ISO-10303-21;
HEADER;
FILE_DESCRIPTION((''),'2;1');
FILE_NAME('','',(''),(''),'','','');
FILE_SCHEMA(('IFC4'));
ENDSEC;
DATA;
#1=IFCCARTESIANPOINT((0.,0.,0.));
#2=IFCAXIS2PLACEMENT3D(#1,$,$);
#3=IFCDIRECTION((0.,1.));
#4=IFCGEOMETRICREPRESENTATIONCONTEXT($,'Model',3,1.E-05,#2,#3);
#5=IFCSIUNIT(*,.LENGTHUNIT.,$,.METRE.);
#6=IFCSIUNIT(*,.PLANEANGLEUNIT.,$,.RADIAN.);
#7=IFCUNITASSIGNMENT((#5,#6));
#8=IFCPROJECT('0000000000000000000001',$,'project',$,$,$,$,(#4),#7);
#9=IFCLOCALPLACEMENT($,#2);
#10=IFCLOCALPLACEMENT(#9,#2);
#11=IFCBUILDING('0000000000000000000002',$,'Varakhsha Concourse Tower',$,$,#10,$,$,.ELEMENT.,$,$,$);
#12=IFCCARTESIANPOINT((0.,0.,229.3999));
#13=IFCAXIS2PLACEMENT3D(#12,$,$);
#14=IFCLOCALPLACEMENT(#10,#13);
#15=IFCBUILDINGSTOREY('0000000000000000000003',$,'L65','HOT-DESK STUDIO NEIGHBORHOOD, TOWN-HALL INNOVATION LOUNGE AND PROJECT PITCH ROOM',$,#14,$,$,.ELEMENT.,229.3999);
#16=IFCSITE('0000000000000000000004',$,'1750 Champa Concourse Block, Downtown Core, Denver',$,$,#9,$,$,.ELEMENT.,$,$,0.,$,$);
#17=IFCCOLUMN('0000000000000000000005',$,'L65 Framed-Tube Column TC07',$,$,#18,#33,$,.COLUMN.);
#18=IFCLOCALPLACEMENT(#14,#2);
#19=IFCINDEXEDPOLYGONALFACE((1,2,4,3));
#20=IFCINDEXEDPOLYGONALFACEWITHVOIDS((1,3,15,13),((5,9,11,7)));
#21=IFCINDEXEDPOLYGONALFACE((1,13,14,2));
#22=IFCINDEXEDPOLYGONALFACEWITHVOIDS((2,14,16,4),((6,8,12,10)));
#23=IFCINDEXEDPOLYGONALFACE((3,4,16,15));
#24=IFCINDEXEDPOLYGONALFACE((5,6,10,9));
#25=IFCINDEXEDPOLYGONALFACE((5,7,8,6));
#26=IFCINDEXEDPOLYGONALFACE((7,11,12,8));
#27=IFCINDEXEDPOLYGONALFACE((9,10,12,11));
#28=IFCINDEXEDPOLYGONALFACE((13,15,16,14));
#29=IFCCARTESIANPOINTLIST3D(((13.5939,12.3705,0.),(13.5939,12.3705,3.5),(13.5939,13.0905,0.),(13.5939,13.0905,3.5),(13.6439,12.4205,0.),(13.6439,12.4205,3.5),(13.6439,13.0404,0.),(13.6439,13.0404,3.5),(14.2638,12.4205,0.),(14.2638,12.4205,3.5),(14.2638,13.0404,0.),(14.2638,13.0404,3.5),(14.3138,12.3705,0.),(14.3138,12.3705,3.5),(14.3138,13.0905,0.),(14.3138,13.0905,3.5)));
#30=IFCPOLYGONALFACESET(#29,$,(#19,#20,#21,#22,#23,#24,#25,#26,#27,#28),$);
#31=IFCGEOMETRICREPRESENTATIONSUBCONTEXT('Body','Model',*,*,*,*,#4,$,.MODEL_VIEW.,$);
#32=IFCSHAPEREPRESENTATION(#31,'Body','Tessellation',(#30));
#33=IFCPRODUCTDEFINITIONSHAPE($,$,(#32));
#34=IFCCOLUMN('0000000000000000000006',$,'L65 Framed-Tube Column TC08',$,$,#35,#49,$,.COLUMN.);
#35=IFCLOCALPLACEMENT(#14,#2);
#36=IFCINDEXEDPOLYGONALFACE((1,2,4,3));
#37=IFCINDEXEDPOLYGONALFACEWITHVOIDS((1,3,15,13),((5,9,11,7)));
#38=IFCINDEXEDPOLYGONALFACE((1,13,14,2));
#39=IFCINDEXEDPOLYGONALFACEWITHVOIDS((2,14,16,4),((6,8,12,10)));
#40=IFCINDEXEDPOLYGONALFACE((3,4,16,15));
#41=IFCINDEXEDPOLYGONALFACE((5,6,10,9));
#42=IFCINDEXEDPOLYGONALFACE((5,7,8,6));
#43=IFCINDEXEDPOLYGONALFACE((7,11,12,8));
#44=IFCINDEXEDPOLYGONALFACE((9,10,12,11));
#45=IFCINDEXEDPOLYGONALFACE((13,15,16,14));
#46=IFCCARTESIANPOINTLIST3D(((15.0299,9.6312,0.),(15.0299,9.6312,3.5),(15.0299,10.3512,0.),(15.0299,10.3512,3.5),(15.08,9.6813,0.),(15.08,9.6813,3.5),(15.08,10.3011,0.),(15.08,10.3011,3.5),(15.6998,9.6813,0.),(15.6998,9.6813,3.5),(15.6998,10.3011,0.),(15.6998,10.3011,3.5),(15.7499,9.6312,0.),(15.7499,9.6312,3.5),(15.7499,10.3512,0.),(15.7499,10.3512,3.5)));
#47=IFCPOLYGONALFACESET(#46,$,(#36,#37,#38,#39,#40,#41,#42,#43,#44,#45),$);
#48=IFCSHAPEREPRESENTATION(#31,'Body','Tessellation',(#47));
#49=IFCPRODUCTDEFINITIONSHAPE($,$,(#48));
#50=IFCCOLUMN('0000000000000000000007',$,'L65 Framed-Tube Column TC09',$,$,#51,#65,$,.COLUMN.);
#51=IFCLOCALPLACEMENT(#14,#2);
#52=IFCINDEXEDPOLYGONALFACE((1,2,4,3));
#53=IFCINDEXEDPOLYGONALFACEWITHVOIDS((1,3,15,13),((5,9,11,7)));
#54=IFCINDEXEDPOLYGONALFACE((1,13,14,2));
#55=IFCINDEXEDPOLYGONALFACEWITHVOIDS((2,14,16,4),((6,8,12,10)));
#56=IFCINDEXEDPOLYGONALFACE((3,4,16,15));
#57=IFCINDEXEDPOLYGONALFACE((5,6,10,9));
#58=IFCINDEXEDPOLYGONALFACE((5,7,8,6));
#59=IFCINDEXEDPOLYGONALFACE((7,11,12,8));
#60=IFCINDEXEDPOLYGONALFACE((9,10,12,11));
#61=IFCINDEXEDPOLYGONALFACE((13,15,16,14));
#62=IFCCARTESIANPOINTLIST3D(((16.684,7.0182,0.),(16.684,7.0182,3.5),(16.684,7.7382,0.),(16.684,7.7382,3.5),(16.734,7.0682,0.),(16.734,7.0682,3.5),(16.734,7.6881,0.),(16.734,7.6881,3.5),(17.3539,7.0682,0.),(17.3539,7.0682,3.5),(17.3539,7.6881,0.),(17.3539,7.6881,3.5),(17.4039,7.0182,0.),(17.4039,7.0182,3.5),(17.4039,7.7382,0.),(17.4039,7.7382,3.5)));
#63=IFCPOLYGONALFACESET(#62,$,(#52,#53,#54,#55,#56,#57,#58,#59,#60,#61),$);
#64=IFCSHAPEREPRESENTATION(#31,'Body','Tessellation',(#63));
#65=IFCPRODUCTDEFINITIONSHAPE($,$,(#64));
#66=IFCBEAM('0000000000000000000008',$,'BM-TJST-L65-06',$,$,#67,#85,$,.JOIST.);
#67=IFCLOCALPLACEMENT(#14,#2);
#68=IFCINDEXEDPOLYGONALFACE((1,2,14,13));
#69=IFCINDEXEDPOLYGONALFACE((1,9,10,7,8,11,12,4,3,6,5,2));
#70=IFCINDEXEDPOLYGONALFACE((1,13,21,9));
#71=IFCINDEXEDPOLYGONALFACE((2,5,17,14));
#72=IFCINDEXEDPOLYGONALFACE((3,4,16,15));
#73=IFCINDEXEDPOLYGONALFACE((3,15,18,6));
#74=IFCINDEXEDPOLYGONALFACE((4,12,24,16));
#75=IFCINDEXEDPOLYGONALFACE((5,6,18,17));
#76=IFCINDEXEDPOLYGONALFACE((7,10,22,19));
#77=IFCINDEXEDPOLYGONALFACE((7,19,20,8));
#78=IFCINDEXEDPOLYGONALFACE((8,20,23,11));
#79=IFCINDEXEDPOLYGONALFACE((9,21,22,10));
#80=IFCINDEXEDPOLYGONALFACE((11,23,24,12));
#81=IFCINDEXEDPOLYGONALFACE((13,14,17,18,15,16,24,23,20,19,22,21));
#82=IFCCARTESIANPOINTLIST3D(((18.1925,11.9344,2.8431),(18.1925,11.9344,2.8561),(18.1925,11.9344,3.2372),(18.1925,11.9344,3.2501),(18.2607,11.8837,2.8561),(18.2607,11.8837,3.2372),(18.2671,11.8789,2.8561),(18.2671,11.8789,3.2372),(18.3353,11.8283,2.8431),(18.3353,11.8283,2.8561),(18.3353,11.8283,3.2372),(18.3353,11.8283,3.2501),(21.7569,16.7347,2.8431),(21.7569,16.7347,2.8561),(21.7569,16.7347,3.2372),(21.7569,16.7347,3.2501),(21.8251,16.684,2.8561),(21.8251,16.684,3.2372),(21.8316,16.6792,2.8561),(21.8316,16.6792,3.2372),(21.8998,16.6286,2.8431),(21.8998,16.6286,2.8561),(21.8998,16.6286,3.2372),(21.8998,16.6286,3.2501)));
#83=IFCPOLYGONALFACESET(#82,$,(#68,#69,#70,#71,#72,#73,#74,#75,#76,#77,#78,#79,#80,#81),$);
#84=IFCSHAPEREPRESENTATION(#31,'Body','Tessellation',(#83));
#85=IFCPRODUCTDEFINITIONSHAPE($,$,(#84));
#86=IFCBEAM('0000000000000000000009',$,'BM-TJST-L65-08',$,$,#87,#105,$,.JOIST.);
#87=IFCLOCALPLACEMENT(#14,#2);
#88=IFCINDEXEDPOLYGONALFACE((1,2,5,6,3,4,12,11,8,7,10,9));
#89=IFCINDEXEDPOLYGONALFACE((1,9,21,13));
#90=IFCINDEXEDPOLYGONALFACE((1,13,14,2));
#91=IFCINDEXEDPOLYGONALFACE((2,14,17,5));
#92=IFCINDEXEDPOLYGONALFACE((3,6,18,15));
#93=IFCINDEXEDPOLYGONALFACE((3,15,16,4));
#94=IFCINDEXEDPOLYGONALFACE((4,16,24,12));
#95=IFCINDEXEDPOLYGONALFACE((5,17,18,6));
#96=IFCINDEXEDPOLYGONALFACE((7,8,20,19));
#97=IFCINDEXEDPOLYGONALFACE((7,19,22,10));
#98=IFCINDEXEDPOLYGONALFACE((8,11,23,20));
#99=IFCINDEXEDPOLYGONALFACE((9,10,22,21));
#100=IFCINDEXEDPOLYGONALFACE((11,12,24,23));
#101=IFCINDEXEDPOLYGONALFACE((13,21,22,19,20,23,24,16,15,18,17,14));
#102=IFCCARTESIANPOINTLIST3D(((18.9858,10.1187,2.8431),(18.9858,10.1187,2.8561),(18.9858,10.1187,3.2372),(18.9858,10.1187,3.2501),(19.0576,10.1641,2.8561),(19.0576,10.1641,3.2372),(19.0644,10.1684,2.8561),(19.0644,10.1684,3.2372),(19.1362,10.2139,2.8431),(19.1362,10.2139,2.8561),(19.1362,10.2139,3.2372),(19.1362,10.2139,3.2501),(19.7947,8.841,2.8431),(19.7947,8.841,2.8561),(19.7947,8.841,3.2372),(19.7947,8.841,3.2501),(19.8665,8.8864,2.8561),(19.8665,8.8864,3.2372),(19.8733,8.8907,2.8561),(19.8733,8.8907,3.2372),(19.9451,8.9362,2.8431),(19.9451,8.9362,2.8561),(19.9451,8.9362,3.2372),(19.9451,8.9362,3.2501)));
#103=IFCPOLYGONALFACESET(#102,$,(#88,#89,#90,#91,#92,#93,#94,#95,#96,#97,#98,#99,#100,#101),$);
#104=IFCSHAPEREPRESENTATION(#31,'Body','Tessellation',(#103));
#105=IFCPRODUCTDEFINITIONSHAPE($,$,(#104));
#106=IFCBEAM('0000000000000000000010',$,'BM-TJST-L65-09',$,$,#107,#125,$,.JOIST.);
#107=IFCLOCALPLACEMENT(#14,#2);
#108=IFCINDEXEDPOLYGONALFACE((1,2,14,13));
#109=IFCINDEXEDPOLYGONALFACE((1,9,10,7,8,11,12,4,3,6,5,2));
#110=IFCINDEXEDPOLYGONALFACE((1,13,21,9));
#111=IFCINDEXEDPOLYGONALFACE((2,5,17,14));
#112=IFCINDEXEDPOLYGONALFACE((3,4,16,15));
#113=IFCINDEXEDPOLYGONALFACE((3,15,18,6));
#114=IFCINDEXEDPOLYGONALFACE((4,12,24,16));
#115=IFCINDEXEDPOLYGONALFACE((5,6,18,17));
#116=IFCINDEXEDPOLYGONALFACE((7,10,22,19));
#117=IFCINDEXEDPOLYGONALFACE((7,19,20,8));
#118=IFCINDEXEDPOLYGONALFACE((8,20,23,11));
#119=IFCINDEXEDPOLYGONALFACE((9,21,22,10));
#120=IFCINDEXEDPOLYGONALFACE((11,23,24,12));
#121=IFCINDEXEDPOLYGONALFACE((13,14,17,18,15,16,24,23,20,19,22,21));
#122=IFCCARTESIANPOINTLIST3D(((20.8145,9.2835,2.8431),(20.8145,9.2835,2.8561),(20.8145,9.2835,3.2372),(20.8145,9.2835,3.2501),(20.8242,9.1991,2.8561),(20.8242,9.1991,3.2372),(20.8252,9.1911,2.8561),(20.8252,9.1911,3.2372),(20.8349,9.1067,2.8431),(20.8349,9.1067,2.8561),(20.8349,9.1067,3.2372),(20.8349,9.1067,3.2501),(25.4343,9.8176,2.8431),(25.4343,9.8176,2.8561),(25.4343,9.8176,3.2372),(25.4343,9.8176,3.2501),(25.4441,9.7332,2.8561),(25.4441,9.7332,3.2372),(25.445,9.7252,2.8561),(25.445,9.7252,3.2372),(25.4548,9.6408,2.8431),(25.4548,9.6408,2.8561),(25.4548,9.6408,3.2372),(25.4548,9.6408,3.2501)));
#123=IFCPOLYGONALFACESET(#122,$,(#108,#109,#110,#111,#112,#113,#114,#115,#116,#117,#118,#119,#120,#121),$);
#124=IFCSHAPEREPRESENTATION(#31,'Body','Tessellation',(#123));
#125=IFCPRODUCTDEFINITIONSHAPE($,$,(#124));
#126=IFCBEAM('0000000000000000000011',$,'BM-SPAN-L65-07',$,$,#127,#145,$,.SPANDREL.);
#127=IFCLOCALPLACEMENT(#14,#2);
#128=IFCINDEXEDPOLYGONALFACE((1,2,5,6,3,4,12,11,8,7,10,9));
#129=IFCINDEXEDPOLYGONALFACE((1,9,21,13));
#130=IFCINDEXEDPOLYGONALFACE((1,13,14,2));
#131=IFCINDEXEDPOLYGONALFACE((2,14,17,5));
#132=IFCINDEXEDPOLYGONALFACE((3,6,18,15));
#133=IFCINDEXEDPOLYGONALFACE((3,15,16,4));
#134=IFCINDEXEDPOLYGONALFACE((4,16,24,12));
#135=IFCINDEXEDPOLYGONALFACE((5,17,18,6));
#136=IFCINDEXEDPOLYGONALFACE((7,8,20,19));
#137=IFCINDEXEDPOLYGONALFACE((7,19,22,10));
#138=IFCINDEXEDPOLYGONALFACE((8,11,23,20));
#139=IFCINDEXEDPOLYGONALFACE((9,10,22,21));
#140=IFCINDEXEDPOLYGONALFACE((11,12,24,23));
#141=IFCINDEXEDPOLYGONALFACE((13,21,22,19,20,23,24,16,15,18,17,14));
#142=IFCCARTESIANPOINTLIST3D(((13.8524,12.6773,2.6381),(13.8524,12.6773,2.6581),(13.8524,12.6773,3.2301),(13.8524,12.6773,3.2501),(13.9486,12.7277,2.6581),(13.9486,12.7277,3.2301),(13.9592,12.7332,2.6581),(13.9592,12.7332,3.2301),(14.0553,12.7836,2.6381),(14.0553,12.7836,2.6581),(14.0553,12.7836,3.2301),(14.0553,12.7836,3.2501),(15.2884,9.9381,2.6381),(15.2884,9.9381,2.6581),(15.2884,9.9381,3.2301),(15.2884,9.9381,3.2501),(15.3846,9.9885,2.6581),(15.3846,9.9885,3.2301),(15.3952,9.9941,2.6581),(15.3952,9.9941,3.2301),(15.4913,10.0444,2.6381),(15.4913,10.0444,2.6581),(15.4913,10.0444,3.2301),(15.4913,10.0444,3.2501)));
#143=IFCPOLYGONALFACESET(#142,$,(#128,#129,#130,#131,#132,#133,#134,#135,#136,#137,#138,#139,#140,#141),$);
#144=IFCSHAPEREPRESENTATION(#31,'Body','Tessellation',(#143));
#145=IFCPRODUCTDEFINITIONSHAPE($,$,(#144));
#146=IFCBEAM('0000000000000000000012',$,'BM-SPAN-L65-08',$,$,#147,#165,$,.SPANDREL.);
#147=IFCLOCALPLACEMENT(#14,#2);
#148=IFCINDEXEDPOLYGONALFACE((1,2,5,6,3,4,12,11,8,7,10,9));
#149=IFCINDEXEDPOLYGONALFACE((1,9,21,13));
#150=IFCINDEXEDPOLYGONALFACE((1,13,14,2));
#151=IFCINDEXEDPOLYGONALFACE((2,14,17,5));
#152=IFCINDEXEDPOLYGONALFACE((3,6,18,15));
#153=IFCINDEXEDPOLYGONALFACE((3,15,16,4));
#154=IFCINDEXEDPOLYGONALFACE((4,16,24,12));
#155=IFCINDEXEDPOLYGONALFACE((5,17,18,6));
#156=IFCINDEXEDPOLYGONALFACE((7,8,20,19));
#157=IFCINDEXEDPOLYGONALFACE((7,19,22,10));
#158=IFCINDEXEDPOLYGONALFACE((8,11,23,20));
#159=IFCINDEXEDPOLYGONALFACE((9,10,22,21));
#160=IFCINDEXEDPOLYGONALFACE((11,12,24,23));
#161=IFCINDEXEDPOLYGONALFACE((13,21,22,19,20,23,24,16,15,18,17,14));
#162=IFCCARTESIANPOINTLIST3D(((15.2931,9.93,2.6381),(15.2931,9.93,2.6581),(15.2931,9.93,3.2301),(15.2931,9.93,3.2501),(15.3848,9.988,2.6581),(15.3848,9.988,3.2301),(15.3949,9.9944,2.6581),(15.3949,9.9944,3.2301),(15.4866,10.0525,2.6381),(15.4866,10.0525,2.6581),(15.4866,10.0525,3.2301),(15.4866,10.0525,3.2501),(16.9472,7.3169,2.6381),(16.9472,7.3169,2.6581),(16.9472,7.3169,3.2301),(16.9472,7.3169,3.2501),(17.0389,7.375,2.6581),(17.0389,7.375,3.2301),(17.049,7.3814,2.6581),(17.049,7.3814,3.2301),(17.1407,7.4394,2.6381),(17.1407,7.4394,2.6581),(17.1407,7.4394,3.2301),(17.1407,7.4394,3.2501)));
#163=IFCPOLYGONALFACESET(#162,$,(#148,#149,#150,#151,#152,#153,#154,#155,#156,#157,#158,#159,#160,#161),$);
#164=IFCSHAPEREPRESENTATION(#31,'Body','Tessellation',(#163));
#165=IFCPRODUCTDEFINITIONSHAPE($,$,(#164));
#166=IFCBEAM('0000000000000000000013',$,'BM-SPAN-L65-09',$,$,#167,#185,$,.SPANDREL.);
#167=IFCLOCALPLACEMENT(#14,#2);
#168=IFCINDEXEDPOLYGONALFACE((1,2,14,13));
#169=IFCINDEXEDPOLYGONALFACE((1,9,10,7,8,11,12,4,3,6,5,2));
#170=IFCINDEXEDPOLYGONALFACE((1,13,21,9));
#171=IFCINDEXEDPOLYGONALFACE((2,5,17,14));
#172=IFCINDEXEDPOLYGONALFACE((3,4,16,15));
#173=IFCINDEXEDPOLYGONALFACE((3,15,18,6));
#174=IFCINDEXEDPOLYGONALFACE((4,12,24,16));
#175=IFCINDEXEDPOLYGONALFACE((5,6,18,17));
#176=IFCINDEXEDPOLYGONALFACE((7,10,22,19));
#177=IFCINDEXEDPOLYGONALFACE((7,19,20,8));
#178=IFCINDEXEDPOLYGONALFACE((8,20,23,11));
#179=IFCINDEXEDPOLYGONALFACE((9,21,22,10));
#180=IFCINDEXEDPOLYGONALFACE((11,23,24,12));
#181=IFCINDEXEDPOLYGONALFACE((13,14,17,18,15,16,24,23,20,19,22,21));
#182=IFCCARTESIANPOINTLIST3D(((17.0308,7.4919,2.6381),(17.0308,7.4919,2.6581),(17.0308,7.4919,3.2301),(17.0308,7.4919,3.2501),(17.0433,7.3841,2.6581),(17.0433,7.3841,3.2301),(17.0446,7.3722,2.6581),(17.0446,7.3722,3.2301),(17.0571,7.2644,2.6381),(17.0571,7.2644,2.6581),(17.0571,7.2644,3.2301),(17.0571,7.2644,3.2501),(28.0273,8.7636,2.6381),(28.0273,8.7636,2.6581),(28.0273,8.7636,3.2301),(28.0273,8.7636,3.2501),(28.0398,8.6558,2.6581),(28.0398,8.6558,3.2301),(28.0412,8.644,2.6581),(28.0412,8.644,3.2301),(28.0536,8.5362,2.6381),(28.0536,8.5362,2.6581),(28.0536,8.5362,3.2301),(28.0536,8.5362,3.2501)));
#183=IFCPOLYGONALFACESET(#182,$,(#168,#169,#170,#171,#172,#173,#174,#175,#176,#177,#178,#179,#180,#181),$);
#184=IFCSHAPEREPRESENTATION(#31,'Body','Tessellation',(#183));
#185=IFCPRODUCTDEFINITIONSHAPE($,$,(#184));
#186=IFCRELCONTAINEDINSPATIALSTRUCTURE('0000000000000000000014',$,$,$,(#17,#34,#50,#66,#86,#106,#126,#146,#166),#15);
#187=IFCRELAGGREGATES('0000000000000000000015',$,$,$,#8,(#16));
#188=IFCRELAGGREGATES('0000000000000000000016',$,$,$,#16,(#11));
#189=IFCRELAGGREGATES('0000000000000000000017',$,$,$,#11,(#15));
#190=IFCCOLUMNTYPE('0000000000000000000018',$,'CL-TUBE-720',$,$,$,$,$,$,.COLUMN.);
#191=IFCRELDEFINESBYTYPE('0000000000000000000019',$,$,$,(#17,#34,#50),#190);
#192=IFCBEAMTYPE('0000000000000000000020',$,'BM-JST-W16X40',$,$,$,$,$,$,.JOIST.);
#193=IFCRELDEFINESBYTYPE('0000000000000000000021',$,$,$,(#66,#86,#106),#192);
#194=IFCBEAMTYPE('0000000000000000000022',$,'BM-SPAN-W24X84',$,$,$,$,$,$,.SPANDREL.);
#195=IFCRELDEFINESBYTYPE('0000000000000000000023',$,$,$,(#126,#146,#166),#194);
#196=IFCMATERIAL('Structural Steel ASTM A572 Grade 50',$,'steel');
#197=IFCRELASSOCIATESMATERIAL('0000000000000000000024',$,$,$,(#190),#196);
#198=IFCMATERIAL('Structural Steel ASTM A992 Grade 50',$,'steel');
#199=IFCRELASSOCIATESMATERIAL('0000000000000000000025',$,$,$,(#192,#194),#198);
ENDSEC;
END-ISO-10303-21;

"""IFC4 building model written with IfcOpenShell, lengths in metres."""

from ifc_helpers import new_model, si_unit, direction, frame, origin, origin_2d, place, context, subcontext, project, spatial, hollow_rectangle, i_section, extrude, material, material_profile, profile_set, type_object, element, save


model = new_model("IFC4")

# Units and contexts
model_context = context("Model", 3, precision=1e-05, world=origin(), true_north=direction((0.0, 1.0)))
body_context = subcontext(model_context, "Body", "Model", "MODEL_VIEW")
ifc_project = project(units=[si_unit("LENGTHUNIT", "METRE"), si_unit("PLANEANGLEUNIT", "RADIAN")], contexts=[model_context])

# Site, building, storey
site_placement = place(None, origin())
site = spatial("IfcSite", under=ifc_project, at=site_placement, Name="1750 Champa Concourse Block, Downtown Core, Denver", CompositionType="ELEMENT", RefElevation=0.0)
building_placement = place(site_placement, origin())
building = spatial("IfcBuilding", under=site, at=building_placement, Name="Varakhsha Concourse Tower", CompositionType="ELEMENT")
storey_placement = place(building_placement, frame((0.0, 0.0, 229.3999)))
storey = spatial("IfcBuildingStorey", under=building, at=storey_placement, Name="L65", Description="HOT-DESK STUDIO NEIGHBORHOOD, TOWN-HALL INNOVATION LOUNGE AND PROJECT PITCH ROOM", CompositionType="ELEMENT", Elevation=229.3999)

# Columns
ifc_material_1 = material(Name="Structural Steel ASTM A572 Grade 50", Category="steel")
ifc_material_profile_1 = material_profile(ifc_material_1, hollow_rectangle(XDim=0.72, YDim=0.72, WallThickness=0.05, at=origin_2d()), Name="BOX 720x720x50")
ifc_profile_set_1 = profile_set([ifc_material_profile_1], Name="Structural Steel ASTM A572 Grade 50")
column_type = type_object("IfcColumnType", Name="CL-TUBE-720", PredefinedType="COLUMN", material=ifc_profile_set_1)
for number, where, z_axis, x_axis, name in (
    (1, (13.9539, 12.7305, 0.0), (0.0, 0.0, 1.0), (1.0, 0.0, 0.0), "L65 Framed-Tube Column TC07"),
    (2, (15.3899, 9.9912, 0.0), (0.0, 0.0, 1.0), (1.0, 0.0, 0.0), "L65 Framed-Tube Column TC08"),
    (3, (17.0439, 7.3782, 0.0), (0.0, 0.0, 1.0), (1.0, 0.0, 0.0), "L65 Framed-Tube Column TC09"),
):
    element("IfcColumn", number, at=place(storey_placement, frame(where, z_axis=z_axis, x_axis=x_axis)), inside=storey, type_object=column_type, Name=name, PredefinedType="COLUMN", context=body_context, shape_type="SweptSolid", body=[
        extrude(hollow_rectangle(XDim=0.72, YDim=0.72, WallThickness=0.05, at=origin_2d()), origin(), (0.0, 0.0, 1.0), 3.5),
    ])

# Beams
ifc_material_2 = material(Name="Structural Steel ASTM A992 Grade 50", Category="steel")
ifc_material_profile_2 = material_profile(ifc_material_2, i_section(OverallWidth=0.178, OverallDepth=0.407, WebThickness=0.0081, FlangeThickness=0.0129, at=origin_2d()), Name="W16X40")
ifc_profile_set_2 = profile_set([ifc_material_profile_2], Name="Structural Steel ASTM A992 Grade 50")
beam_type_1 = type_object("IfcBeamType", Name="BM-JST-W16X40", PredefinedType="JOIST", material=ifc_profile_set_2)
beam_1_placement = place(storey_placement, frame((21.8284, 16.6816, 3.0466), z_axis=(-0.596165, -0.802862, 0.0), x_axis=(0.802862, -0.596165, 0.0)))
element("IfcBeam", 4, at=beam_1_placement, inside=storey, type_object=beam_type_1, Name="BM-TJST-L65-06", PredefinedType="JOIST", context=body_context, shape_type="SweptSolid", body=[
    extrude(i_section(OverallWidth=0.178, OverallDepth=0.407, WebThickness=0.0081, FlangeThickness=0.0129, at=origin_2d()), origin(), (0.0, 0.0, 1.0), 5.979),
])
beam_2_placement = place(storey_placement, frame((19.061, 10.1663, 3.0466), z_axis=(0.53491, -0.844909, 0.0), x_axis=(0.844909, 0.53491, 0.0)))
element("IfcBeam", 5, at=beam_2_placement, inside=storey, type_object=beam_type_1, Name="BM-TJST-L65-08", PredefinedType="JOIST", context=body_context, shape_type="SweptSolid", body=[
    extrude(i_section(OverallWidth=0.178, OverallDepth=0.407, WebThickness=0.0081, FlangeThickness=0.0129, at=origin_2d()), origin(), (0.0, 0.0, 1.0), 1.5122),
])
beam_3_placement = place(storey_placement, frame((20.8247, 9.1951, 3.0466), z_axis=(0.993382, 0.114861, 0.0), x_axis=(-0.114861, 0.993382, 0.0)))
element("IfcBeam", 6, at=beam_3_placement, inside=storey, type_object=beam_type_1, Name="BM-TJST-L65-09", PredefinedType="JOIST", context=body_context, shape_type="SweptSolid", body=[
    extrude(i_section(OverallWidth=0.178, OverallDepth=0.407, WebThickness=0.0081, FlangeThickness=0.0129, at=origin_2d()), origin(), (0.0, 0.0, 1.0), 4.6506),
])
ifc_material_profile_3 = material_profile(ifc_material_2, i_section(OverallWidth=0.229, OverallDepth=0.6121, WebThickness=0.012, FlangeThickness=0.02, at=origin_2d()), Name="W24X84")
ifc_profile_set_3 = profile_set([ifc_material_profile_3], Name="Structural Steel ASTM A992 Grade 50")
beam_type_2 = type_object("IfcBeamType", Name="BM-SPAN-W24X84", PredefinedType="SPANDREL", material=ifc_profile_set_3)
beam_4_placement = place(storey_placement, frame((13.9539, 12.7305, 2.9441), z_axis=(0.464308, -0.885674, 0.0), x_axis=(0.885674, 0.464308, 0.0)))
element("IfcBeam", 7, at=beam_4_placement, inside=storey, type_object=beam_type_2, Name="BM-SPAN-L65-07", PredefinedType="SPANDREL", context=body_context, shape_type="SweptSolid", body=[
    extrude(i_section(OverallWidth=0.229, OverallDepth=0.6121, WebThickness=0.012, FlangeThickness=0.02, at=origin_2d()), origin(), (0.0, 0.0, 1.0), 3.0928),
])
beam_5_placement = place(storey_placement, frame((15.3899, 9.9912, 2.9441), z_axis=(0.534851, -0.844946, 0.0), x_axis=(0.844946, 0.534851, 0.0)))
element("IfcBeam", 8, at=beam_5_placement, inside=storey, type_object=beam_type_2, Name="BM-SPAN-L65-08", PredefinedType="SPANDREL", context=body_context, shape_type="SweptSolid", body=[
    extrude(i_section(OverallWidth=0.229, OverallDepth=0.6121, WebThickness=0.012, FlangeThickness=0.02, at=origin_2d()), origin(), (0.0, 0.0, 1.0), 3.0925),
])
beam_6_placement = place(storey_placement, frame((17.0439, 7.3782, 2.9441), z_axis=(0.993379, 0.114882, 0.0), x_axis=(-0.114882, 0.993379, 0.0)))
element("IfcBeam", 9, at=beam_6_placement, inside=storey, type_object=beam_type_2, Name="BM-SPAN-L65-09", PredefinedType="SPANDREL", context=body_context, shape_type="SweptSolid", body=[
    extrude(i_section(OverallWidth=0.229, OverallDepth=0.6121, WebThickness=0.012, FlangeThickness=0.02, at=origin_2d()), origin(), (0.0, 0.0, 1.0), 11.0698),
])

save(model, "model.ifc")
